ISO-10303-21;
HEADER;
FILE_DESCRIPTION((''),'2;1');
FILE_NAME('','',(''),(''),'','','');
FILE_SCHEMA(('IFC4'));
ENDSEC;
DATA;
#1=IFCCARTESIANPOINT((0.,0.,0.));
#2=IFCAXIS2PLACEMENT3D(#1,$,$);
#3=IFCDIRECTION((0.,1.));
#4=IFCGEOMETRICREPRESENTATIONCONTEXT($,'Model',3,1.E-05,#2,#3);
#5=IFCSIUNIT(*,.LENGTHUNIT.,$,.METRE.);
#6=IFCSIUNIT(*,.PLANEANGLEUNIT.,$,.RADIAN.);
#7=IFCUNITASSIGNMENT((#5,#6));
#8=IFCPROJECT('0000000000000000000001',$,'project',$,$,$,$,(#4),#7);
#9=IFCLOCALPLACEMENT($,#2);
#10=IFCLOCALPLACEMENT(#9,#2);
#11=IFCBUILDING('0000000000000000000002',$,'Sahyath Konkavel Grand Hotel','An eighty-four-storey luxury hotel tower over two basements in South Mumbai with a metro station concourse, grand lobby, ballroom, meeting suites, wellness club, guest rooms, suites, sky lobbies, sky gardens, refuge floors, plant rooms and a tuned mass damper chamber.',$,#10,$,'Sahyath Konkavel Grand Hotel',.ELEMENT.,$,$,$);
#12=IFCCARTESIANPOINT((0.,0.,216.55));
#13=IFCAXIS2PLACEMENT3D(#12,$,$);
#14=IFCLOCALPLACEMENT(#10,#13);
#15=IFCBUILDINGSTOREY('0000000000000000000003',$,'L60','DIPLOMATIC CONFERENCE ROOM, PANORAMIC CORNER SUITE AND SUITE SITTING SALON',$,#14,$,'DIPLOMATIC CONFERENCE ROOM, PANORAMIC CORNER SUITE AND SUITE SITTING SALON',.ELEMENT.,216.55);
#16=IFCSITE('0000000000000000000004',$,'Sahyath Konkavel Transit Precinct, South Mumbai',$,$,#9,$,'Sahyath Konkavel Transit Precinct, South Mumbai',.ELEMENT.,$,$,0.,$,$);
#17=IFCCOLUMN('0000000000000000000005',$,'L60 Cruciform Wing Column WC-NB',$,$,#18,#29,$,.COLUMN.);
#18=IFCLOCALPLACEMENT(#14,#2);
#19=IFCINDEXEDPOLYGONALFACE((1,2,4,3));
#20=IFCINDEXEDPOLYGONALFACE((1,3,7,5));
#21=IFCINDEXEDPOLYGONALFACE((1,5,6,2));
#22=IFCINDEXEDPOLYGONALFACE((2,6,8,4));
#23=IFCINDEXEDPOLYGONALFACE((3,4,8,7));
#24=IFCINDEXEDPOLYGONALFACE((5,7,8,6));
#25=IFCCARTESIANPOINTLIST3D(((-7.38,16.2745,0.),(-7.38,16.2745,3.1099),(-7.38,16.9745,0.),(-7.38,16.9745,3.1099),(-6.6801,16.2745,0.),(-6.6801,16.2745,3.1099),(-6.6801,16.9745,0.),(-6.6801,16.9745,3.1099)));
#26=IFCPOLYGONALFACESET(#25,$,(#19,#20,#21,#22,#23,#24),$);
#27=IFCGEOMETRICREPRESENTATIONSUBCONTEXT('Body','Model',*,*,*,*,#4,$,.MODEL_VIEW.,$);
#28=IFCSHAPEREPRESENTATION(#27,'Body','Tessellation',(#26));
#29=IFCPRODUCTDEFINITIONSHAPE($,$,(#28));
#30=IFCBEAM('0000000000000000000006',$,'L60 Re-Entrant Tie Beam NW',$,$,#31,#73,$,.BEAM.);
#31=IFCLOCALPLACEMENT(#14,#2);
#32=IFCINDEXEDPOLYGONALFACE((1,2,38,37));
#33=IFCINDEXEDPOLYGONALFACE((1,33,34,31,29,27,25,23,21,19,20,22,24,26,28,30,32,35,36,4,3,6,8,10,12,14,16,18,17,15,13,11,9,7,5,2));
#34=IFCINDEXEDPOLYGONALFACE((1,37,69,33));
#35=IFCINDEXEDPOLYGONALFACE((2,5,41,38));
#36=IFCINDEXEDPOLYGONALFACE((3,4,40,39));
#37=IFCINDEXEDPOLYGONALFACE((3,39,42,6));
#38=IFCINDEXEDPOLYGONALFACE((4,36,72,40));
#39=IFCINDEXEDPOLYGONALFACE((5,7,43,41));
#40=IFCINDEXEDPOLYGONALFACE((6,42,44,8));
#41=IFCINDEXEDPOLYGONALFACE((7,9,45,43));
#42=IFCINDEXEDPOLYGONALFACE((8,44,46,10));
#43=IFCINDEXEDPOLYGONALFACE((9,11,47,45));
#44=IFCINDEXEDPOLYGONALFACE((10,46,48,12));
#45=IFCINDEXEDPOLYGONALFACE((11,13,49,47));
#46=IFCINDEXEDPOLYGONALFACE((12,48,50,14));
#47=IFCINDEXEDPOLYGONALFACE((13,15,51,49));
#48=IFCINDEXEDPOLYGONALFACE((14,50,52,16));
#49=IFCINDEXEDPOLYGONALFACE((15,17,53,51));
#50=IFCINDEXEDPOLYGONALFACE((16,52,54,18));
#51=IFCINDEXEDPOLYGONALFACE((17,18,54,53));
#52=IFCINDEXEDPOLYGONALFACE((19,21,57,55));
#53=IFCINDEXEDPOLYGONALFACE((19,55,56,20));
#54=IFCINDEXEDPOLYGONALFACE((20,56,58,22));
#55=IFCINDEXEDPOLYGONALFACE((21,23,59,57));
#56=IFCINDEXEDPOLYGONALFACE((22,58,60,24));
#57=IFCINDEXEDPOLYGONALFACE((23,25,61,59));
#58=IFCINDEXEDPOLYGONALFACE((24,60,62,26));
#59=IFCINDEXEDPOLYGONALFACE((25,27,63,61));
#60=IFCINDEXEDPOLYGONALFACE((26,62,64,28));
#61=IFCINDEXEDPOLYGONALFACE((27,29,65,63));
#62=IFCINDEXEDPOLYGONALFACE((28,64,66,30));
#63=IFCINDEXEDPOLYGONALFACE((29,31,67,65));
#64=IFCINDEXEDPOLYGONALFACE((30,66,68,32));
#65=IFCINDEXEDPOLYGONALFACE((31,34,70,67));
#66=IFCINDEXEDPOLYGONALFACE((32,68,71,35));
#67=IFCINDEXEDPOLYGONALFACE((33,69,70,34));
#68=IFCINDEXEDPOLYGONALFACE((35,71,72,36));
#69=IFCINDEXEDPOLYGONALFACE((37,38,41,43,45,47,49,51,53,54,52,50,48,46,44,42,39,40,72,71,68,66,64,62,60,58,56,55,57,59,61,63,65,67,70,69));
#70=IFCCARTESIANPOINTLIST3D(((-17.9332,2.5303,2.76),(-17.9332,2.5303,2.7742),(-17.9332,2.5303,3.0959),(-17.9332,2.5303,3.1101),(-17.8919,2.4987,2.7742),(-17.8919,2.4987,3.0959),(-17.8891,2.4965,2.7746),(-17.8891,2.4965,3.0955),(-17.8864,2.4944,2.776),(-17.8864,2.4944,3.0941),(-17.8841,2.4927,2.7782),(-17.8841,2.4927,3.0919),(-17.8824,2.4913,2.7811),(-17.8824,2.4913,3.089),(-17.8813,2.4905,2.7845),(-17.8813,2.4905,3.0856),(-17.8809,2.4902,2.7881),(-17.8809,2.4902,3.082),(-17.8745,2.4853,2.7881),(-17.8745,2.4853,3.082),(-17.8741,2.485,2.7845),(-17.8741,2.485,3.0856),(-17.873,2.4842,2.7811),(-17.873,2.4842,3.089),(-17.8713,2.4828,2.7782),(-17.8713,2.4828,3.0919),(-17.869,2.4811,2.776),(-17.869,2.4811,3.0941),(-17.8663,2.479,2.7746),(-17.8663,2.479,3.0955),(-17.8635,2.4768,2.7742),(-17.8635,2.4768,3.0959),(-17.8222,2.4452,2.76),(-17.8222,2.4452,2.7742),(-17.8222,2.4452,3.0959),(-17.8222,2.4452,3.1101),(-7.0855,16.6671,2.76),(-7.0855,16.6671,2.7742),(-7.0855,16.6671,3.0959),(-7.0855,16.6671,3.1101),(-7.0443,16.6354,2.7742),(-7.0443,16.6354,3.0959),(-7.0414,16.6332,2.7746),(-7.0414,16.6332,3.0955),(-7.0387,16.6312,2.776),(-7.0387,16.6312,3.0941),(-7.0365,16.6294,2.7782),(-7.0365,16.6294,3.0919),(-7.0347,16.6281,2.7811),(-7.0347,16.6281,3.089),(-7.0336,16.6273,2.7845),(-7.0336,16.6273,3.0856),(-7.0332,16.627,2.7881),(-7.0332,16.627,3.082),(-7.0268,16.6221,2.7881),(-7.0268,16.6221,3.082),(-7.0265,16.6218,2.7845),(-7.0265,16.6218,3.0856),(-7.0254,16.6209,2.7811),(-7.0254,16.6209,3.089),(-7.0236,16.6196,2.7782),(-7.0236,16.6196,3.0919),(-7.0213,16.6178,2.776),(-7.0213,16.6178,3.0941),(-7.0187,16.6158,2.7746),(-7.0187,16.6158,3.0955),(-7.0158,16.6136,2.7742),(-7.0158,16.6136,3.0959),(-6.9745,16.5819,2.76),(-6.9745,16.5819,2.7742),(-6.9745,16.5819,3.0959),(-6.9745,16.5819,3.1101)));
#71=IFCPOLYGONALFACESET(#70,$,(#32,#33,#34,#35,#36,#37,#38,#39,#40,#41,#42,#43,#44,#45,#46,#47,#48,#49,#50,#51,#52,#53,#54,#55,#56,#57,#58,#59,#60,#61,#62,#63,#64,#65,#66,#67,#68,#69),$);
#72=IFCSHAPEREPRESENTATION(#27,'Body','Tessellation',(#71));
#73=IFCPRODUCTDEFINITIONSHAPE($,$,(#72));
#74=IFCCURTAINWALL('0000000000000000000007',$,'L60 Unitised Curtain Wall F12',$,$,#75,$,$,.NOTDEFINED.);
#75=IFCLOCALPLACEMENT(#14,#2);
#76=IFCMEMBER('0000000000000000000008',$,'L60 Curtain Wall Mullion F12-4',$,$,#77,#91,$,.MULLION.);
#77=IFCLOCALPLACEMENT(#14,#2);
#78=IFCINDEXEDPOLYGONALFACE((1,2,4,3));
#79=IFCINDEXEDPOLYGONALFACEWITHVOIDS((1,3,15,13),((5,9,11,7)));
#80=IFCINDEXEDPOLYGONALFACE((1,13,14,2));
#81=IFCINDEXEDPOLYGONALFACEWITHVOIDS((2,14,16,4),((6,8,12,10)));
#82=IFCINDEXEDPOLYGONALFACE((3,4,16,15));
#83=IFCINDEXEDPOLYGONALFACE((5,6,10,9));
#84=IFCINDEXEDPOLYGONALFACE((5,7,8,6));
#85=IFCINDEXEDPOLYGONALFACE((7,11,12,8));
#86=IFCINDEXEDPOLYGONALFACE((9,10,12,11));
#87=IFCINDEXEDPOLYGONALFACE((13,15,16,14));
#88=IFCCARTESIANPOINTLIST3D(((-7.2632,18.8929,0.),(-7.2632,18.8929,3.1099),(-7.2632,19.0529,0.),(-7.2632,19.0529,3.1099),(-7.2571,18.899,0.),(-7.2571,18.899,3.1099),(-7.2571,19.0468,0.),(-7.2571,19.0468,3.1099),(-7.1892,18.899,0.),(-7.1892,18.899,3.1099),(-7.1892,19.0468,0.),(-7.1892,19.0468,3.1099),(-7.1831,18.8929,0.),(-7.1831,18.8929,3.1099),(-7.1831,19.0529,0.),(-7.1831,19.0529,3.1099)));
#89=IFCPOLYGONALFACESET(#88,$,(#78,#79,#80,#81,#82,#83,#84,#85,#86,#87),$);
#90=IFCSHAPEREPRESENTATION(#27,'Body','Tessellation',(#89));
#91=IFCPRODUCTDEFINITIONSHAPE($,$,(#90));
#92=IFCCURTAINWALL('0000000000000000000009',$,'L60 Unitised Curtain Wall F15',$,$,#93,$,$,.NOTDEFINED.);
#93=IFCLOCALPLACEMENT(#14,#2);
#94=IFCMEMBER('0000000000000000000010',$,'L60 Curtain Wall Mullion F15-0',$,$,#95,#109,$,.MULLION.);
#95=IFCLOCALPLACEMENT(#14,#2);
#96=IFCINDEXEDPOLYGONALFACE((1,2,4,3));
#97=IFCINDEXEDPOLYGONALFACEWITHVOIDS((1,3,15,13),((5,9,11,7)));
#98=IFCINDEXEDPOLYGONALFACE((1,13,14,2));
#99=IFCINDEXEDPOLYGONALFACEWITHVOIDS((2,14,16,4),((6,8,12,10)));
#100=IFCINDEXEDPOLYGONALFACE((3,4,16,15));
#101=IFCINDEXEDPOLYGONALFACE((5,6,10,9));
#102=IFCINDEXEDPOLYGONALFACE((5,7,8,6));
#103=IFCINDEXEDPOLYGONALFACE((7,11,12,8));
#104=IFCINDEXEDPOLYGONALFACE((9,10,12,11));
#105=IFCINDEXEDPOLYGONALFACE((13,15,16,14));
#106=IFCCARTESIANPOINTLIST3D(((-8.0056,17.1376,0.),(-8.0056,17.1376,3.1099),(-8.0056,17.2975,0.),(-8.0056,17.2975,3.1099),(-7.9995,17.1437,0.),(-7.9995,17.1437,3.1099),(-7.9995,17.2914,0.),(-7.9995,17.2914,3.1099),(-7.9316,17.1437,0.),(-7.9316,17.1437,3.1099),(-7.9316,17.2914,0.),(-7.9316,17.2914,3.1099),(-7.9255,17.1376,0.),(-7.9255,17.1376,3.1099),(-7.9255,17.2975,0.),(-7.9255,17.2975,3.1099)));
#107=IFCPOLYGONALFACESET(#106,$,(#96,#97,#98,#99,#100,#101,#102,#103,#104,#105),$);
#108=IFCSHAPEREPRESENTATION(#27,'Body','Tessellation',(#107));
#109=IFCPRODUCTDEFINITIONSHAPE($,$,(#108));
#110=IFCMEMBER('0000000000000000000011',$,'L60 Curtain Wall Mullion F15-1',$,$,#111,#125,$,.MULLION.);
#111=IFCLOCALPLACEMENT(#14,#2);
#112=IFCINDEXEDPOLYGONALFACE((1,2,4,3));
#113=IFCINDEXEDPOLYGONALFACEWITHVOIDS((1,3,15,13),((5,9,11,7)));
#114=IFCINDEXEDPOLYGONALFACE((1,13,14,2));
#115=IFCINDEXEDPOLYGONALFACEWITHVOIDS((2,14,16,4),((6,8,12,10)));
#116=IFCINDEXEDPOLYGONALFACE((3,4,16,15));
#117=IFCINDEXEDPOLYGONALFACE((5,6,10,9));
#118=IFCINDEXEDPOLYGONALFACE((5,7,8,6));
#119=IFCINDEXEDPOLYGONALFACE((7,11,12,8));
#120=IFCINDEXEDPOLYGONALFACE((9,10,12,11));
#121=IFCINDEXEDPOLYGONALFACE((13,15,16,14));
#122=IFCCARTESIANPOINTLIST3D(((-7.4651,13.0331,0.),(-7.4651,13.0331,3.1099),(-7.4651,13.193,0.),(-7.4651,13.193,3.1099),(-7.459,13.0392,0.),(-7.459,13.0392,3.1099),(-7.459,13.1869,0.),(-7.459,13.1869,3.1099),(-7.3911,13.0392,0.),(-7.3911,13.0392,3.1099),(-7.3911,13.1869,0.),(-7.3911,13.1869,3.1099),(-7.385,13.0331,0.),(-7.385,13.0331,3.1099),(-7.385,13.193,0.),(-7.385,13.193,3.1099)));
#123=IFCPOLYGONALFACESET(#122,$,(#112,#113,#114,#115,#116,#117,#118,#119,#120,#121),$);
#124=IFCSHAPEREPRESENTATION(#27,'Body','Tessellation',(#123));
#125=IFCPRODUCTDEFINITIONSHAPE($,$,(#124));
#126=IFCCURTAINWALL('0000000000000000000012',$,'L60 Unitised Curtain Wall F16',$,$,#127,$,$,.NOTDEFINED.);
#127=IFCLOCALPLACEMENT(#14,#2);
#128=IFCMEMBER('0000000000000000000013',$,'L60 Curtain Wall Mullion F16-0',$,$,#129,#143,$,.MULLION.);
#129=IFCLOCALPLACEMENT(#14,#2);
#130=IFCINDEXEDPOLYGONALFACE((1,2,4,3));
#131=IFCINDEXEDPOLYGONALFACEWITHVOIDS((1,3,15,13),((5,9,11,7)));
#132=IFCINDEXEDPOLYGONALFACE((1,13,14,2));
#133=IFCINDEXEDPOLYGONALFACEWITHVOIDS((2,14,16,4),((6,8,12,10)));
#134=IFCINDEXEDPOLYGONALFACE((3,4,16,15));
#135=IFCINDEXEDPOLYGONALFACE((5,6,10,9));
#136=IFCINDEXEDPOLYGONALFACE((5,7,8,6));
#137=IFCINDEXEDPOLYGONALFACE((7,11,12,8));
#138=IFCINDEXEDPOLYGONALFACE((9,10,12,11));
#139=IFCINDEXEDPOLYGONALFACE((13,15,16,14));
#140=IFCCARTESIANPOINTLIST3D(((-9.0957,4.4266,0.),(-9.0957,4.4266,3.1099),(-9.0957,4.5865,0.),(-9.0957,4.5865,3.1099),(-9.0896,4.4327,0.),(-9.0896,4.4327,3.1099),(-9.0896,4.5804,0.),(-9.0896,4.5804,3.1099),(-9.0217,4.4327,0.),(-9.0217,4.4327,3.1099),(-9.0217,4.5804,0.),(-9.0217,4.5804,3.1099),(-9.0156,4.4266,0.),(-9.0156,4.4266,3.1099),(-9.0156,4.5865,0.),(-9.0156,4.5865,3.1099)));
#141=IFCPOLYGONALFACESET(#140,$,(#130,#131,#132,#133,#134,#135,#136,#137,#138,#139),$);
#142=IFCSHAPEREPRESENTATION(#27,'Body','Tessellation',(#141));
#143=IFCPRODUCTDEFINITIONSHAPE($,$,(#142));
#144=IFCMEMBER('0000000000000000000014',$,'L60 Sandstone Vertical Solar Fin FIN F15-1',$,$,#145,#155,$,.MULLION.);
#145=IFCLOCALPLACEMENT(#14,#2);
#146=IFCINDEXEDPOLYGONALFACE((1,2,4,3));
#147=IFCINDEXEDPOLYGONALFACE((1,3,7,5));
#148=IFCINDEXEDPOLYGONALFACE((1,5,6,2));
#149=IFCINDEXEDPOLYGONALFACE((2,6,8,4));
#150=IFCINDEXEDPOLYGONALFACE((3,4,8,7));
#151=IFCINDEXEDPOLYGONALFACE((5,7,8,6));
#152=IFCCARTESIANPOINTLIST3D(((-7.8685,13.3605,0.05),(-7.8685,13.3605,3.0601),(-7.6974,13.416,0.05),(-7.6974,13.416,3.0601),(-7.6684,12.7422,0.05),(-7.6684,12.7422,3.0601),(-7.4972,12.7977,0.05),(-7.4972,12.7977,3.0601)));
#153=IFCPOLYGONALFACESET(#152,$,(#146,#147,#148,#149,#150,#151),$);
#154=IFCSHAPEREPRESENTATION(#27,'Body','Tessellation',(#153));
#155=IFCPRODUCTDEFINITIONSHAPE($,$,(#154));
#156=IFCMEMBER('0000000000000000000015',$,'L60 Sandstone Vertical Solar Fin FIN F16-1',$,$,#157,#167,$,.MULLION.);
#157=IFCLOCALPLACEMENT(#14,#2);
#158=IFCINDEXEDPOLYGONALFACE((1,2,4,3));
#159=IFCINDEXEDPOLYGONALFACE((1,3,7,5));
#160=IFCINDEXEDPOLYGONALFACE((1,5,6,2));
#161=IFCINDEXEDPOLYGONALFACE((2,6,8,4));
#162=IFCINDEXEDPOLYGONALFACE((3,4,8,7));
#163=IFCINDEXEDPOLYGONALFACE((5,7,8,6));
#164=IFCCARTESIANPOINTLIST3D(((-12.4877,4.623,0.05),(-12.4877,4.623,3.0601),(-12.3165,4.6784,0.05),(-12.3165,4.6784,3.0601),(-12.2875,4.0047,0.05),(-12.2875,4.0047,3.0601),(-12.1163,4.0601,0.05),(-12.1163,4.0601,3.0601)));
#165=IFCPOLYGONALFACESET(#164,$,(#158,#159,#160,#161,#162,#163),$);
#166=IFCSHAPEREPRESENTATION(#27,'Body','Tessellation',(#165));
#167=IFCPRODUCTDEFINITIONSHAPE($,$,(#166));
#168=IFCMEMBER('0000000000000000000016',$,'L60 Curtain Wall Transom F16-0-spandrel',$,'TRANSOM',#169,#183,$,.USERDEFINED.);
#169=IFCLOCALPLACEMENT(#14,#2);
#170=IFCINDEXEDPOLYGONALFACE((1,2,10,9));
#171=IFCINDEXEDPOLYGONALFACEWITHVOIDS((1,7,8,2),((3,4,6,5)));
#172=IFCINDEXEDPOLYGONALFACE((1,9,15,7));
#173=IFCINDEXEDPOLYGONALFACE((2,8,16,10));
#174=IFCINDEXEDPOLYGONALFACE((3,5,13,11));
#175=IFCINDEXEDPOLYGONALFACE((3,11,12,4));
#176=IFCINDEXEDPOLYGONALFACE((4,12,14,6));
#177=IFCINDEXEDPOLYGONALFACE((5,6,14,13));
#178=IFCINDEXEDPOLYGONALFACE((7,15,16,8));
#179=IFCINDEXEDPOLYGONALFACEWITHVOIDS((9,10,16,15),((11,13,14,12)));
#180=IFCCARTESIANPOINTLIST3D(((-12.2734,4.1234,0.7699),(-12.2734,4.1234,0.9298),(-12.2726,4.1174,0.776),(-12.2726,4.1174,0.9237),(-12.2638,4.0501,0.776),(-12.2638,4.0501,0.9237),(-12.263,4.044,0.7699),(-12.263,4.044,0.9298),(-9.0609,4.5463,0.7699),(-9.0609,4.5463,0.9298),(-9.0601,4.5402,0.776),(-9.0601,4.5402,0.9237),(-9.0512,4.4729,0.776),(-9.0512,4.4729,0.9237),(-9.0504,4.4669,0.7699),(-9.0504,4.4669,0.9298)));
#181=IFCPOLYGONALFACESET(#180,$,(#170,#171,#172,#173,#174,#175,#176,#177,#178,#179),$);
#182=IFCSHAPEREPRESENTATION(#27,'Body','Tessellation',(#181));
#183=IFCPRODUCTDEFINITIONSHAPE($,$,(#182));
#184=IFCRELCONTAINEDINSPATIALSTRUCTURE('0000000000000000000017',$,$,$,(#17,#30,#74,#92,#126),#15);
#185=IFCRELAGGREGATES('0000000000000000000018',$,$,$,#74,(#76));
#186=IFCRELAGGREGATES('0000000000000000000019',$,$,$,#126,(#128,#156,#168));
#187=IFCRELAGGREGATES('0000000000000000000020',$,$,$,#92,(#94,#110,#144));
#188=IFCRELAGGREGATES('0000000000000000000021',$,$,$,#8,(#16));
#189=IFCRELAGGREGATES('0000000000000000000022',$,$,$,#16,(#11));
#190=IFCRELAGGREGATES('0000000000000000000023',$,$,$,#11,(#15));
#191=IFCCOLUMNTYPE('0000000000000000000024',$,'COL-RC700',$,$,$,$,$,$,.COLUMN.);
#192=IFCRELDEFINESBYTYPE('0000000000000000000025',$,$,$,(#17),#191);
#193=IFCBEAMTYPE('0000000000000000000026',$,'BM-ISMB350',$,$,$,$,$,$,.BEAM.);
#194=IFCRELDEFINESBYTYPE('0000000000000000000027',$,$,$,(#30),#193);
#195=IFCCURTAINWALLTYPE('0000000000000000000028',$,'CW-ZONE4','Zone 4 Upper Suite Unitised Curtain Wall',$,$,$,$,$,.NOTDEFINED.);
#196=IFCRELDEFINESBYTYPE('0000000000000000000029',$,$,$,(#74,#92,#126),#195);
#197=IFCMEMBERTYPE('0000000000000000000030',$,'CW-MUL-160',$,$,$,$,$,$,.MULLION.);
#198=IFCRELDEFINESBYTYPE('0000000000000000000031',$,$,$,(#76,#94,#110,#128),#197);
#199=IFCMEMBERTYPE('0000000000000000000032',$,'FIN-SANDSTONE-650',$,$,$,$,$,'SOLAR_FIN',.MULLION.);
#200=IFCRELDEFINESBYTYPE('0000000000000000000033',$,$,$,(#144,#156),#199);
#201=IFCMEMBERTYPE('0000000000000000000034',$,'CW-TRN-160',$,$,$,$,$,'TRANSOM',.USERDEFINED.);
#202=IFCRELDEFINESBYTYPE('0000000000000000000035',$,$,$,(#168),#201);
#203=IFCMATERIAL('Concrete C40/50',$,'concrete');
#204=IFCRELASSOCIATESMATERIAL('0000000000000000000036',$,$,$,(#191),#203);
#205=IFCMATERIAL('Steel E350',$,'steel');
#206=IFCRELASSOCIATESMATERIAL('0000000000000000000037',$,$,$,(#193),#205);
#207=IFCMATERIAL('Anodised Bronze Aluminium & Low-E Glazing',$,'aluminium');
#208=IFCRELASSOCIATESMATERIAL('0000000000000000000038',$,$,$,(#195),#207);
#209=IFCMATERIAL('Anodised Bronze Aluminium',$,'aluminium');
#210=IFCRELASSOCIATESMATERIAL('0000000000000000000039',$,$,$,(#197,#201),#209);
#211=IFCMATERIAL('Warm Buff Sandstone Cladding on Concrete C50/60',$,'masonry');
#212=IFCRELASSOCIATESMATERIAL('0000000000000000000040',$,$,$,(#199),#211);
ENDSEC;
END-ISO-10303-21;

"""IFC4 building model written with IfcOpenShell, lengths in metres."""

from ifc_helpers import new_model, si_unit, direction, frame, origin, origin_2d, place, context, subcontext, project, spatial, rectangle, hollow_rectangle, i_section, extrude, source, transform, mapped, material, material_profile, profile_set, type_object, element, aggregate, save


model = new_model("IFC4")

# Units and contexts
model_context = context("Model", 3, precision=1e-05, world=origin(), true_north=direction((0.0, 1.0)))
body_context = subcontext(model_context, "Body", "Model", "MODEL_VIEW")
ifc_project = project(units=[si_unit("LENGTHUNIT", "METRE"), si_unit("PLANEANGLEUNIT", "RADIAN")], contexts=[model_context])

# Site, building, storey
site_placement = place(None, origin())
site = spatial("IfcSite", under=ifc_project, at=site_placement, Name="Sahyath Konkavel Transit Precinct, South Mumbai", LongName="Sahyath Konkavel Transit Precinct, South Mumbai", CompositionType="ELEMENT", RefElevation=0.0)
building_placement = place(site_placement, origin())
building = spatial("IfcBuilding", under=site, at=building_placement, Name="Sahyath Konkavel Grand Hotel", Description="An eighty-four-storey luxury hotel tower over two basements in South Mumbai with a metro station concourse, grand lobby, ballroom, meeting suites, wellness club, guest rooms, suites, sky lobbies, sky gardens, refuge floors, plant rooms and a tuned mass damper chamber.", LongName="Sahyath Konkavel Grand Hotel", CompositionType="ELEMENT")
storey_placement = place(building_placement, frame((0.0, 0.0, 216.55)))
storey = spatial("IfcBuildingStorey", under=building, at=storey_placement, Name="L60", Description="DIPLOMATIC CONFERENCE ROOM, PANORAMIC CORNER SUITE AND SUITE SITTING SALON", LongName="DIPLOMATIC CONFERENCE ROOM, PANORAMIC CORNER SUITE AND SUITE SITTING SALON", CompositionType="ELEMENT", Elevation=216.55)

# Column
ifc_material_1 = material(Name="Concrete C40/50", Category="concrete")
ifc_material_profile_1 = material_profile(ifc_material_1, rectangle(XDim=0.7, YDim=0.7, at=origin_2d()), Name="RC 700x700")
ifc_profile_set_1 = profile_set([ifc_material_profile_1], Name="Concrete C40/50")
column_type = type_object("IfcColumnType", Name="COL-RC700", PredefinedType="COLUMN", material=ifc_profile_set_1)
shared_shape_1 = source(origin(), body_context, "Body", "SweptSolid", [
    extrude(rectangle(XDim=0.7, YDim=0.7, at=origin_2d()), origin(), (0.0, 0.0, 1.0), 3.1099),
])
column_placement = place(storey_placement, frame((-7.03, 16.6245, 0.0), z_axis=(0.0, 0.0, 1.0), x_axis=(1.0, 0.0, 0.0)))
element("IfcColumn", 1, at=column_placement, inside=storey, type_object=column_type, Name="L60 Cruciform Wing Column WC-NB", PredefinedType="COLUMN", context=body_context, shape_type="MappedRepresentation", body=[
    mapped(shared_shape_1, transform((0.0, 0.0, 0.0), scale=1.0)),
])

# Beam
ifc_material_2 = material(Name="Steel E350", Category="steel")
ifc_material_profile_2 = material_profile(ifc_material_2, i_section(OverallWidth=0.1399, OverallDepth=0.3501, WebThickness=0.0081, FlangeThickness=0.0142, FilletRadius=0.0139, at=origin_2d()), Name="ISMB 350")
ifc_profile_set_2 = profile_set([ifc_material_profile_2], Name="Steel E350")
beam_type = type_object("IfcBeamType", Name="BM-ISMB350", PredefinedType="BEAM", material=ifc_profile_set_2)
shared_shape_2 = source(origin(), body_context, "Body", "SweptSolid", [
    extrude(i_section(OverallWidth=0.1399, OverallDepth=0.3501, WebThickness=0.0081, FlangeThickness=0.0142, FilletRadius=0.0139, at=origin_2d()), origin(), (0.0, 0.0, 1.0), 17.8191),
])
beam_placement = place(storey_placement, frame((-7.03, 16.6245, 2.9351), z_axis=(-0.608767, -0.793349, 0.0), x_axis=(0.793349, -0.608767, 0.0)))
element("IfcBeam", 2, at=beam_placement, inside=storey, type_object=beam_type, Name="L60 Re-Entrant Tie Beam NW", PredefinedType="BEAM", context=body_context, shape_type="MappedRepresentation", body=[
    mapped(shared_shape_2, transform((0.0, 0.0, 0.0), scale=1.0)),
])

# Curtain wall, member
ifc_material_3 = material(Name="Anodised Bronze Aluminium & Low-E Glazing", Category="aluminium")
curtain_wall_type = type_object("IfcCurtainWallType", Name="CW-ZONE4", Description="Zone 4 Upper Suite Unitised Curtain Wall", PredefinedType="NOTDEFINED", material=ifc_material_3)
curtain_wall_1_placement = place(storey_placement, origin())
curtain_wall_1 = element("IfcCurtainWall", 3, at=curtain_wall_1_placement, inside=storey, type_object=curtain_wall_type, Name="L60 Unitised Curtain Wall F12", PredefinedType="NOTDEFINED")
ifc_material_4 = material(Name="Anodised Bronze Aluminium", Category="aluminium")
ifc_material_profile_3 = material_profile(ifc_material_4, hollow_rectangle(XDim=0.0801, YDim=0.1599, WallThickness=0.0061, at=origin_2d()), Name="RHS 160x80x6")
ifc_profile_set_3 = profile_set([ifc_material_profile_3], Name="Anodised Bronze Aluminium")
member_type_1 = type_object("IfcMemberType", Name="CW-MUL-160", PredefinedType="MULLION", material=ifc_profile_set_3)
shared_shape_3 = source(origin(), body_context, "Body", "SweptSolid", [
    extrude(hollow_rectangle(XDim=0.0801, YDim=0.1599, WallThickness=0.0061, at=origin_2d()), origin(), (0.0, 0.0, 1.0), 3.1099),
])
member_1_placement = place(storey_placement, frame((-7.2231, 18.9729, 0.0), z_axis=(0.0, 0.0, 1.0), x_axis=(1.0, 0.0, 0.0)))
member_1 = element("IfcMember", 4, at=member_1_placement, type_object=member_type_1, Name="L60 Curtain Wall Mullion F12-4", PredefinedType="MULLION", context=body_context, shape_type="MappedRepresentation", body=[
    mapped(shared_shape_3, transform((0.0, 0.0, 0.0), scale=1.0)),
])
aggregate(curtain_wall_1, [member_1])

# Curtain wall, members
curtain_wall_2_placement = place(storey_placement, origin())
curtain_wall_2 = element("IfcCurtainWall", 5, at=curtain_wall_2_placement, inside=storey, type_object=curtain_wall_type, Name="L60 Unitised Curtain Wall F15", PredefinedType="NOTDEFINED")
member_2_placement = place(storey_placement, frame((-7.9656, 17.2175, 0.0), z_axis=(0.0, 0.0, 1.0), x_axis=(1.0, 0.0, 0.0)))
member_2 = element("IfcMember", 6, at=member_2_placement, type_object=member_type_1, Name="L60 Curtain Wall Mullion F15-0", PredefinedType="MULLION", context=body_context, shape_type="MappedRepresentation", body=[
    mapped(shared_shape_3, transform((0.0, 0.0, 0.0), scale=1.0)),
])
member_3_placement = place(storey_placement, frame((-7.425, 13.113, 0.0), z_axis=(0.0, 0.0, 1.0), x_axis=(1.0, 0.0, 0.0)))
member_3 = element("IfcMember", 7, at=member_3_placement, type_object=member_type_1, Name="L60 Curtain Wall Mullion F15-1", PredefinedType="MULLION", context=body_context, shape_type="MappedRepresentation", body=[
    mapped(shared_shape_3, transform((0.0, 0.0, 0.0), scale=1.0)),
])

# Curtain wall, member
curtain_wall_3_placement = place(storey_placement, origin())
curtain_wall_3 = element("IfcCurtainWall", 8, at=curtain_wall_3_placement, inside=storey, type_object=curtain_wall_type, Name="L60 Unitised Curtain Wall F16", PredefinedType="NOTDEFINED")
member_4_placement = place(storey_placement, frame((-9.0557, 4.5066, 0.0), z_axis=(0.0, 0.0, 1.0), x_axis=(1.0, 0.0, 0.0)))
member_4 = element("IfcMember", 9, at=member_4_placement, type_object=member_type_1, Name="L60 Curtain Wall Mullion F16-0", PredefinedType="MULLION", context=body_context, shape_type="MappedRepresentation", body=[
    mapped(shared_shape_3, transform((0.0, 0.0, 0.0), scale=1.0)),
])

# Members
ifc_material_5 = material(Name="Warm Buff Sandstone Cladding on Concrete C50/60", Category="masonry")
ifc_material_profile_4 = material_profile(ifc_material_5, rectangle(XDim=0.1799, YDim=0.6499, at=origin_2d()), Name="FIN 180x650")
ifc_profile_set_4 = profile_set([ifc_material_profile_4], Name="Warm Buff Sandstone Cladding on Concrete C50/60")
member_type_2 = type_object("IfcMemberType", Name="FIN-SANDSTONE-650", ElementType="SOLAR_FIN", PredefinedType="MULLION", material=ifc_profile_set_4)
shared_shape_4 = source(origin(), body_context, "Body", "SweptSolid", [
    extrude(rectangle(XDim=0.1799, YDim=0.6499, at=origin_2d()), origin(), (0.0, 0.0, 1.0), 3.01),
])
member_5_placement = place(storey_placement, frame((-7.6829, 13.0791, 0.05), z_axis=(0.0, 0.0, 1.0), x_axis=(0.95138, 0.308021, 0.0)))
member_5 = element("IfcMember", 10, at=member_5_placement, type_object=member_type_2, Name="L60 Sandstone Vertical Solar Fin FIN F15-1", PredefinedType="MULLION", context=body_context, shape_type="MappedRepresentation", body=[
    mapped(shared_shape_4, transform((0.0, 0.0, 0.0), scale=1.0)),
])
member_6_placement = place(storey_placement, frame((-12.302, 4.3416, 0.05), z_axis=(0.0, 0.0, 1.0), x_axis=(0.95138, 0.308021, 0.0)))
member_6 = element("IfcMember", 11, at=member_6_placement, type_object=member_type_2, Name="L60 Sandstone Vertical Solar Fin FIN F16-1", PredefinedType="MULLION", context=body_context, shape_type="MappedRepresentation", body=[
    mapped(shared_shape_4, transform((0.0, 0.0, 0.0), scale=1.0)),
])
ifc_material_profile_5 = material_profile(ifc_material_4, hollow_rectangle(XDim=0.0801, YDim=0.1599, WallThickness=0.0061, at=origin_2d()), Name="RHS 160x80x6")
ifc_profile_set_5 = profile_set([ifc_material_profile_5], Name="Anodised Bronze Aluminium")
member_type_3 = type_object("IfcMemberType", Name="CW-TRN-160", ElementType="TRANSOM", PredefinedType="USERDEFINED", material=ifc_profile_set_5)
shared_shape_5 = source(origin(), body_context, "Body", "SweptSolid", [
    extrude(hollow_rectangle(XDim=0.0801, YDim=0.1599, WallThickness=0.0061, at=origin_2d()), origin(), (0.0, 0.0, 1.0), 3.2402),
])
member_7_placement = place(storey_placement, frame((-9.0557, 4.5066, 0.8499), z_axis=(-0.991448, -0.130505, 0.0), x_axis=(0.130505, -0.991448, 0.0)))
member_7 = element("IfcMember", 12, at=member_7_placement, type_object=member_type_3, Name="L60 Curtain Wall Transom F16-0-spandrel", ObjectType="TRANSOM", PredefinedType="USERDEFINED", context=body_context, shape_type="MappedRepresentation", body=[
    mapped(shared_shape_5, transform((0.0, 0.0, 0.0), scale=1.0)),
])

aggregate(curtain_wall_3, [member_4, member_6, member_7])
aggregate(curtain_wall_2, [member_2, member_3, member_5])

save(model, "model.ifc")
